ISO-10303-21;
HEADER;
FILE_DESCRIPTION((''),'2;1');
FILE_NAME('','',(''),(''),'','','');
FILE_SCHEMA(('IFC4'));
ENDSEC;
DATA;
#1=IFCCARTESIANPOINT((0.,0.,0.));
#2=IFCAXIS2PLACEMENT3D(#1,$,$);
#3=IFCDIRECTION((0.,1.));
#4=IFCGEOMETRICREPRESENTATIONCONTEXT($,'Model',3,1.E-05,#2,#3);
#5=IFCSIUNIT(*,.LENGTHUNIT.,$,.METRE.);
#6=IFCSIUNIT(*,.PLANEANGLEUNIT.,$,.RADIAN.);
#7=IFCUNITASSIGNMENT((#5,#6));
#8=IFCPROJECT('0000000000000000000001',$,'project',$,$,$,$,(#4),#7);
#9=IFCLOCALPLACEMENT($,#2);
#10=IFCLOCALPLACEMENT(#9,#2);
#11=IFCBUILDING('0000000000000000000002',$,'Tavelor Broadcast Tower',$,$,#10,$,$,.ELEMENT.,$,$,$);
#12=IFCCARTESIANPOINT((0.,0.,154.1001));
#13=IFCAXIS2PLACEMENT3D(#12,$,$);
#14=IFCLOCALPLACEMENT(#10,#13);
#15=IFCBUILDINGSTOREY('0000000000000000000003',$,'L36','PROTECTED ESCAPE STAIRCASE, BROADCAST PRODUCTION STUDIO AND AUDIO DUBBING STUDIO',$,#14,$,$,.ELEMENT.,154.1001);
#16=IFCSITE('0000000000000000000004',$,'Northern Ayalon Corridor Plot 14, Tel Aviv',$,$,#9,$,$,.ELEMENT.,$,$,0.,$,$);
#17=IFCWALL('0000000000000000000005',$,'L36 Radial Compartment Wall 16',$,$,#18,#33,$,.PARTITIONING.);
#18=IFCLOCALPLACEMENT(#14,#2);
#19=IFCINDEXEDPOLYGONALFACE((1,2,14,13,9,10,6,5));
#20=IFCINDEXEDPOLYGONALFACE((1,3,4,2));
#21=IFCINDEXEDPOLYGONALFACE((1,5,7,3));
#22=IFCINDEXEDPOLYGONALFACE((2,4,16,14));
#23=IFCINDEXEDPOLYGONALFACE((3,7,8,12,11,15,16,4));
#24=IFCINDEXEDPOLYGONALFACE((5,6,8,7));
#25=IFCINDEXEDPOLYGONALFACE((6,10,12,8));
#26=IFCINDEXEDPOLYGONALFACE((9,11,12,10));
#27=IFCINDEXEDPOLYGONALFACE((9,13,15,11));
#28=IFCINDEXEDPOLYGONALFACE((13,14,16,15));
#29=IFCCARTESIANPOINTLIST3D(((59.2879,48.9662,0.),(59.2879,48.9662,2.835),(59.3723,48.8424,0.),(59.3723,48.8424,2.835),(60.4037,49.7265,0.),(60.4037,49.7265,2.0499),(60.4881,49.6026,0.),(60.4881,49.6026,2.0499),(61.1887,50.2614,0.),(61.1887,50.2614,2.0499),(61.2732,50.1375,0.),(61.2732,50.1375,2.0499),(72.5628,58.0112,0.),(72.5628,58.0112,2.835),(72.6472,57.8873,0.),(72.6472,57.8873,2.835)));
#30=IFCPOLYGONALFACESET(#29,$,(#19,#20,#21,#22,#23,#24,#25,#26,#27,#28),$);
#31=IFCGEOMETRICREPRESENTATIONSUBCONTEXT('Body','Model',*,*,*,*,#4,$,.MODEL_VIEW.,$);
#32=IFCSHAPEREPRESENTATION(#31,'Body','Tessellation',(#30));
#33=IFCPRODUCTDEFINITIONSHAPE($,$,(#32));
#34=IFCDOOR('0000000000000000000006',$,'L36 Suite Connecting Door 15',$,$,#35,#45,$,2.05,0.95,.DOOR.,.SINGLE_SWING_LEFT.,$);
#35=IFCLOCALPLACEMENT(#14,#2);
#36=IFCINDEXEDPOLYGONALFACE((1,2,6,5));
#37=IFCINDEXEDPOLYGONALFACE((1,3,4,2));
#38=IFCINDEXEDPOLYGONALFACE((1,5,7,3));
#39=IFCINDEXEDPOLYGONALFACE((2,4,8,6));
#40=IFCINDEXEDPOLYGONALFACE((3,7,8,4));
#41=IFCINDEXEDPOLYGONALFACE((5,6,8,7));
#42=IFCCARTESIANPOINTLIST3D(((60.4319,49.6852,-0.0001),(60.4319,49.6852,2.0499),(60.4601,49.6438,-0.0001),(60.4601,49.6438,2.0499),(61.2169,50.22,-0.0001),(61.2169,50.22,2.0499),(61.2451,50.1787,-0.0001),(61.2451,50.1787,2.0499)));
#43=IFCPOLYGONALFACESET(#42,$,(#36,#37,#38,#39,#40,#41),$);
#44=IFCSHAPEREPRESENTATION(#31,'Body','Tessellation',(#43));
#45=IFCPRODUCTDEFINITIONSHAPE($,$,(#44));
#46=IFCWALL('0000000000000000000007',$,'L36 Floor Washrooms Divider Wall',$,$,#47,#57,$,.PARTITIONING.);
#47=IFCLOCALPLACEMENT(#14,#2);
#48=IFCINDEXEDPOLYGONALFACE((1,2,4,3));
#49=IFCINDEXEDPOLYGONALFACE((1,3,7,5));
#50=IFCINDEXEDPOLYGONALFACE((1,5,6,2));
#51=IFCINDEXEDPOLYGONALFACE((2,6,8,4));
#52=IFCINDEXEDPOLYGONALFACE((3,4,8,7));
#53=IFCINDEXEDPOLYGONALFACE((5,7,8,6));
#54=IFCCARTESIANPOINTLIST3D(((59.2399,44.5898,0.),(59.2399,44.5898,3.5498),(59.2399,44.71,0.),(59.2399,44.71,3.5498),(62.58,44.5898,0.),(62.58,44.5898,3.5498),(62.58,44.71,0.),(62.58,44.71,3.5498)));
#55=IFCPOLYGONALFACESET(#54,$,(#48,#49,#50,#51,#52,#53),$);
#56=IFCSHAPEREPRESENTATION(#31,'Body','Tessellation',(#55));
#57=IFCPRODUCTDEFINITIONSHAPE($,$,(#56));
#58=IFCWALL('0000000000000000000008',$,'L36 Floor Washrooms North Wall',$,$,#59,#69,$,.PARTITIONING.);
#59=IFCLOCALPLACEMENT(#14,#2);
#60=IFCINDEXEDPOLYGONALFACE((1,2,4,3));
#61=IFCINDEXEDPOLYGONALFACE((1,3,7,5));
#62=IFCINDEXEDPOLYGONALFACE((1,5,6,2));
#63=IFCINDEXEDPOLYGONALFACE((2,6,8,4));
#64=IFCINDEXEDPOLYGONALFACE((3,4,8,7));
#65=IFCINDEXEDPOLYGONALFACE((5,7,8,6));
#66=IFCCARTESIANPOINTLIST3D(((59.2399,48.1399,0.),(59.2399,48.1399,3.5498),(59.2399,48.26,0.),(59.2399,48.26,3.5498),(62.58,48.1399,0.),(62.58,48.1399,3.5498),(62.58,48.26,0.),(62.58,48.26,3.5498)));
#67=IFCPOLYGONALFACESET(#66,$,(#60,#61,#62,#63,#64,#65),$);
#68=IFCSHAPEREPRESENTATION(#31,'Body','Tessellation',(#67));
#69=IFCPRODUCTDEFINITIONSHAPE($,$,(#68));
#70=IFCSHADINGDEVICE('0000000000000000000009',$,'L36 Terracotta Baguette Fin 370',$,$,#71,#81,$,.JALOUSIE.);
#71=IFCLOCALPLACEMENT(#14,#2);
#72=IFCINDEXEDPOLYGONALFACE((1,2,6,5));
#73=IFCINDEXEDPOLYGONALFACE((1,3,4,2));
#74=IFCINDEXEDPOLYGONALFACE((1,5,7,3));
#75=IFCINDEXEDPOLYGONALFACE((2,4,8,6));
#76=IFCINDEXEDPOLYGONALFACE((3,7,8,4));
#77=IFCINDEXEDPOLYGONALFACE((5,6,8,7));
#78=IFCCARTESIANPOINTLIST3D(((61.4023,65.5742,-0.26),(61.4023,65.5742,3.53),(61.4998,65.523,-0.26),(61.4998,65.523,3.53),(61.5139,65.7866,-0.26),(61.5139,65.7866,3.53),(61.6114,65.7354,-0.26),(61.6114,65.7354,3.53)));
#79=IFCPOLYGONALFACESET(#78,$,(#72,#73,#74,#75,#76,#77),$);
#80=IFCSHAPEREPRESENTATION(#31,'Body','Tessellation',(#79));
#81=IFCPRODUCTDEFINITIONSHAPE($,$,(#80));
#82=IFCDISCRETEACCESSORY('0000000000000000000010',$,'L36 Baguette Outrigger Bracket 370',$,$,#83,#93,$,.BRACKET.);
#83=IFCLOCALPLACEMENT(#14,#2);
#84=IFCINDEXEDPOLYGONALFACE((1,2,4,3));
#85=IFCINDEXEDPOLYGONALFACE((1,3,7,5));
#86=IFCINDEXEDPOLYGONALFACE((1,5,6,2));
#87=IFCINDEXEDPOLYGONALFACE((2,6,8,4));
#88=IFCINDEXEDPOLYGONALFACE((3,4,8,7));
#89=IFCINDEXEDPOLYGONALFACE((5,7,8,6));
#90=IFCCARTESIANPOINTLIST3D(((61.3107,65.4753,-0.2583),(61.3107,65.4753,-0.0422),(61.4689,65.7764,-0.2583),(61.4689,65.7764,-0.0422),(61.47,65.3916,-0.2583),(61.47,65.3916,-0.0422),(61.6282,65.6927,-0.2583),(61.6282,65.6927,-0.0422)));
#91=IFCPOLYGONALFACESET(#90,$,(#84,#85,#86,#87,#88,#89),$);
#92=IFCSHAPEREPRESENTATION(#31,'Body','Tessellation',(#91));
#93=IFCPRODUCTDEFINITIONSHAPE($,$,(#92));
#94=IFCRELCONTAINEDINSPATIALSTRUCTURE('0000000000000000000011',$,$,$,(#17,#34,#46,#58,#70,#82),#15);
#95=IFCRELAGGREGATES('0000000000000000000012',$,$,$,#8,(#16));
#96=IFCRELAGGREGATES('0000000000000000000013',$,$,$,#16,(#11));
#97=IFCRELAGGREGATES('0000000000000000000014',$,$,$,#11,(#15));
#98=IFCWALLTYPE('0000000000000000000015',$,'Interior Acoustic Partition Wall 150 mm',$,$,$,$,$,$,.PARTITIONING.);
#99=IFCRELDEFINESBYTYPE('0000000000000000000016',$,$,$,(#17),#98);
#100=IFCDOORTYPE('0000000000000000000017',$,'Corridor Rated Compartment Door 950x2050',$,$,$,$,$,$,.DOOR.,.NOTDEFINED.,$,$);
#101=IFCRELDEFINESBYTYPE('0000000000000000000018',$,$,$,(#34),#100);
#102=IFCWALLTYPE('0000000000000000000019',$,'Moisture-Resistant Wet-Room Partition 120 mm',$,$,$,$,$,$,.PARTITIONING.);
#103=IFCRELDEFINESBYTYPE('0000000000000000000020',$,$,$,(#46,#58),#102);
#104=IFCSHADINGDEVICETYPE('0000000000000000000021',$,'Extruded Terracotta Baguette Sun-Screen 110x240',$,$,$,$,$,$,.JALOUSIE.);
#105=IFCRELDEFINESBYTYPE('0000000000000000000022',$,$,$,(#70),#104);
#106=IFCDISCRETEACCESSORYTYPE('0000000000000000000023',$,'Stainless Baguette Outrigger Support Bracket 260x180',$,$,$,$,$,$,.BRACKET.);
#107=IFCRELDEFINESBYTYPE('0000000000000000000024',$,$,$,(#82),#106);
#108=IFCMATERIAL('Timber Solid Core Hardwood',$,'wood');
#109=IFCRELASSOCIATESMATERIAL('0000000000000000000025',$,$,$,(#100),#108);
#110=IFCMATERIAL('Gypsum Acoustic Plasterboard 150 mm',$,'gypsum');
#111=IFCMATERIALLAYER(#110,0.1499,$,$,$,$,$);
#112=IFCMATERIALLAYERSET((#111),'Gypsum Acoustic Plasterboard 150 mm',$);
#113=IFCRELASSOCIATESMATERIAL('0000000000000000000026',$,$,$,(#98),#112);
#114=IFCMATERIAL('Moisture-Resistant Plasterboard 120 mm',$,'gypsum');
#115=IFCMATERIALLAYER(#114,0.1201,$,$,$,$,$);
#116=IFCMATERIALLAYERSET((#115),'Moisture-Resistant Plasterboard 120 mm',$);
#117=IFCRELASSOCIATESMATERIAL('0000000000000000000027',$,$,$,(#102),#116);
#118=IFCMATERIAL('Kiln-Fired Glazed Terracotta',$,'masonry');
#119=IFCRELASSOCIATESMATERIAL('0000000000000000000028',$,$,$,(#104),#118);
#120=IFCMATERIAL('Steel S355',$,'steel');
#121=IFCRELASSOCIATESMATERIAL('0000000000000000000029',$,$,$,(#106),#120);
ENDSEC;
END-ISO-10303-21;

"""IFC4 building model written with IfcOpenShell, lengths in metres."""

from ifc_helpers import new_model, si_unit, direction, frame, frame_2d, origin, origin_2d, place, context, subcontext, project, spatial, rectangle, extrude, source, transform, mapped, material, layer, layer_set, type_object, type_shapes, element, fill, save


model = new_model("IFC4")

# Units and contexts
model_context = context("Model", 3, precision=1e-05, world=origin(), true_north=direction((0.0, 1.0)))
body_context = subcontext(model_context, "Body", "Model", "MODEL_VIEW")
ifc_project = project(units=[si_unit("LENGTHUNIT", "METRE"), si_unit("PLANEANGLEUNIT", "RADIAN")], contexts=[model_context])

# Site, building, storey
site_placement = place(None, origin())
site = spatial("IfcSite", under=ifc_project, at=site_placement, Name="Northern Ayalon Corridor Plot 14, Tel Aviv", CompositionType="ELEMENT", RefElevation=0.0)
building_placement = place(site_placement, origin())
building = spatial("IfcBuilding", under=site, at=building_placement, Name="Tavelor Broadcast Tower", CompositionType="ELEMENT")
storey_placement = place(building_placement, frame((0.0, 0.0, 154.1001)))
storey = spatial("IfcBuildingStorey", under=building, at=storey_placement, Name="L36", Description="PROTECTED ESCAPE STAIRCASE, BROADCAST PRODUCTION STUDIO AND AUDIO DUBBING STUDIO", CompositionType="ELEMENT", Elevation=154.1001)

# Shared definitions
ifc_material_1 = material(Name="Steel S355", Category="steel")

# Shared definitions
ifc_material_2 = material(Name="Timber Solid Core Hardwood", Category="wood")
door_type = type_object("IfcDoorType", Name="Corridor Rated Compartment Door 950x2050", OperationType="NOTDEFINED", PredefinedType="DOOR", material=ifc_material_2)

# Shared definitions
ifc_material_3 = material(Name="Gypsum Acoustic Plasterboard 150 mm", Category="gypsum")
ifc_layer_1 = layer(ifc_material_3, 0.1499)
ifc_layer_set_1 = layer_set([ifc_layer_1], Name="Gypsum Acoustic Plasterboard 150 mm")
wall_type_1 = type_object("IfcWallType", Name="Interior Acoustic Partition Wall 150 mm", PredefinedType="PARTITIONING", material=ifc_layer_set_1)

# Wall, opening, door
wall_1_placement = place(storey_placement, frame((59.3301, 48.9043, 0.0), z_axis=(0.0, 0.0, 1.0), x_axis=(0.826405, 0.563076, 0.0)))
wall_1 = element("IfcWall", 1, at=wall_1_placement, inside=storey, type_object=wall_type_1, Name="L36 Radial Compartment Wall 16", PredefinedType="PARTITIONING", context=body_context, shape_type="SweptSolid", body=[
    extrude(rectangle(XDim=16.0635, YDim=0.1499, at=frame_2d((8.0317, 0.0))), origin(), (0.0, 0.0, 1.0), 2.835),
])
opening_1_placement = place(wall_1_placement, frame((1.3501, 0.0, 0.0)))
opening_1 = element("IfcOpeningElement", 2, at=opening_1_placement, cuts=wall_1, PredefinedType="OPENING", context=body_context, shape_type="SweptSolid", body=[
    extrude(rectangle(XDim=0.95, YDim=2.05, at=frame_2d((0.4751, 1.0249))), frame((0.0, 0.085, 0.0), z_axis=(0.0, -1.0, 0.0), x_axis=(1.0, 0.0, 0.0)), (0.0, 0.0, 1.0), 0.1699),
])
door_1_placement = place(opening_1_placement, origin())
door_1 = element("IfcDoor", 3, at=door_1_placement, inside=storey, type_object=door_type, Name="L36 Suite Connecting Door 15", OperationType="SINGLE_SWING_LEFT", OverallHeight=2.05, OverallWidth=0.95, PredefinedType="DOOR", context=body_context, shape_type="SweptSolid", body=[
    extrude(rectangle(XDim=0.95, YDim=2.05, at=frame_2d((0.4751, 1.0249))), frame((0.0, 0.0249, 0.0), z_axis=(0.0, -1.0, 0.0), x_axis=(1.0, 0.0, 0.0)), (0.0, 0.0, 1.0), 0.05),
])
fill(opening_1, door_1)

# Walls
ifc_material_4 = material(Name="Moisture-Resistant Plasterboard 120 mm", Category="gypsum")
ifc_layer_2 = layer(ifc_material_4, 0.1201)
ifc_layer_set_2 = layer_set([ifc_layer_2], Name="Moisture-Resistant Plasterboard 120 mm")
wall_type_2 = type_object("IfcWallType", Name="Moisture-Resistant Wet-Room Partition 120 mm", PredefinedType="PARTITIONING", material=ifc_layer_set_2)
for number, where, z_axis, x_axis, name in (
    (4, (59.24, 44.6499, 0.0), (0.0, 0.0, 1.0), (1.0, 0.0, 0.0), "L36 Floor Washrooms Divider Wall"),
    (5, (59.24, 48.2, 0.0), (0.0, 0.0, 1.0), (1.0, 0.0, 0.0), "L36 Floor Washrooms North Wall"),
):
    element("IfcWall", number, at=place(storey_placement, frame(where, z_axis=z_axis, x_axis=x_axis)), inside=storey, type_object=wall_type_2, Name=name, PredefinedType="PARTITIONING", context=body_context, shape_type="SweptSolid", body=[
        extrude(rectangle(XDim=3.3401, YDim=0.1201, at=frame_2d((1.6699, 0.0))), origin(), (0.0, 0.0, 1.0), 3.5498),
    ])

# Shading device
ifc_material_5 = material(Name="Kiln-Fired Glazed Terracotta", Category="masonry")
shading_device_type = type_object("IfcShadingDeviceType", Name="Extruded Terracotta Baguette Sun-Screen 110x240", PredefinedType="JALOUSIE", material=ifc_material_5)
shared_shape_1 = source(origin(), body_context, "Body", "SweptSolid", [
    extrude(rectangle(XDim=0.1101, YDim=0.24, at=origin_2d()), origin(), (0.0, 0.0, 1.0), 3.79),
])
type_shapes(shading_device_type, [shared_shape_1])
shading_device_placement = place(storey_placement, frame((61.5068, 65.6548, -0.26), z_axis=(0.0, 0.0, 1.0), x_axis=(-0.885231, 0.465151, 0.0)))
element("IfcShadingDevice", 6, at=shading_device_placement, inside=storey, type_object=shading_device_type, Name="L36 Terracotta Baguette Fin 370", PredefinedType="JALOUSIE", context=body_context, shape_type="MappedRepresentation", body=[
    mapped(shared_shape_1, transform((0.0, 0.0, 0.0), scale=1.0)),
])

# Discrete accessory
discrete_accessory_type = type_object("IfcDiscreteAccessoryType", Name="Stainless Baguette Outrigger Support Bracket 260x180", PredefinedType="BRACKET", material=ifc_material_1)
shared_shape_2 = source(origin(), body_context, "Body", "SweptSolid", [
    extrude(rectangle(XDim=0.1799, YDim=0.3401, at=origin_2d()), origin(), (0.0, 0.0, 1.0), 0.2161),
])
type_shapes(discrete_accessory_type, [shared_shape_2])
discrete_accessory_placement = place(storey_placement, frame((61.4695, 65.584, -0.2583), z_axis=(0.0, 0.0, 1.0), x_axis=(-0.885231, 0.465151, 0.0)))
element("IfcDiscreteAccessory", 7, at=discrete_accessory_placement, inside=storey, type_object=discrete_accessory_type, Name="L36 Baguette Outrigger Bracket 370", PredefinedType="BRACKET", context=body_context, shape_type="MappedRepresentation", body=[
    mapped(shared_shape_2, transform((0.0, 0.0, 0.0), scale=1.0)),
])

save(model, "model.ifc")
